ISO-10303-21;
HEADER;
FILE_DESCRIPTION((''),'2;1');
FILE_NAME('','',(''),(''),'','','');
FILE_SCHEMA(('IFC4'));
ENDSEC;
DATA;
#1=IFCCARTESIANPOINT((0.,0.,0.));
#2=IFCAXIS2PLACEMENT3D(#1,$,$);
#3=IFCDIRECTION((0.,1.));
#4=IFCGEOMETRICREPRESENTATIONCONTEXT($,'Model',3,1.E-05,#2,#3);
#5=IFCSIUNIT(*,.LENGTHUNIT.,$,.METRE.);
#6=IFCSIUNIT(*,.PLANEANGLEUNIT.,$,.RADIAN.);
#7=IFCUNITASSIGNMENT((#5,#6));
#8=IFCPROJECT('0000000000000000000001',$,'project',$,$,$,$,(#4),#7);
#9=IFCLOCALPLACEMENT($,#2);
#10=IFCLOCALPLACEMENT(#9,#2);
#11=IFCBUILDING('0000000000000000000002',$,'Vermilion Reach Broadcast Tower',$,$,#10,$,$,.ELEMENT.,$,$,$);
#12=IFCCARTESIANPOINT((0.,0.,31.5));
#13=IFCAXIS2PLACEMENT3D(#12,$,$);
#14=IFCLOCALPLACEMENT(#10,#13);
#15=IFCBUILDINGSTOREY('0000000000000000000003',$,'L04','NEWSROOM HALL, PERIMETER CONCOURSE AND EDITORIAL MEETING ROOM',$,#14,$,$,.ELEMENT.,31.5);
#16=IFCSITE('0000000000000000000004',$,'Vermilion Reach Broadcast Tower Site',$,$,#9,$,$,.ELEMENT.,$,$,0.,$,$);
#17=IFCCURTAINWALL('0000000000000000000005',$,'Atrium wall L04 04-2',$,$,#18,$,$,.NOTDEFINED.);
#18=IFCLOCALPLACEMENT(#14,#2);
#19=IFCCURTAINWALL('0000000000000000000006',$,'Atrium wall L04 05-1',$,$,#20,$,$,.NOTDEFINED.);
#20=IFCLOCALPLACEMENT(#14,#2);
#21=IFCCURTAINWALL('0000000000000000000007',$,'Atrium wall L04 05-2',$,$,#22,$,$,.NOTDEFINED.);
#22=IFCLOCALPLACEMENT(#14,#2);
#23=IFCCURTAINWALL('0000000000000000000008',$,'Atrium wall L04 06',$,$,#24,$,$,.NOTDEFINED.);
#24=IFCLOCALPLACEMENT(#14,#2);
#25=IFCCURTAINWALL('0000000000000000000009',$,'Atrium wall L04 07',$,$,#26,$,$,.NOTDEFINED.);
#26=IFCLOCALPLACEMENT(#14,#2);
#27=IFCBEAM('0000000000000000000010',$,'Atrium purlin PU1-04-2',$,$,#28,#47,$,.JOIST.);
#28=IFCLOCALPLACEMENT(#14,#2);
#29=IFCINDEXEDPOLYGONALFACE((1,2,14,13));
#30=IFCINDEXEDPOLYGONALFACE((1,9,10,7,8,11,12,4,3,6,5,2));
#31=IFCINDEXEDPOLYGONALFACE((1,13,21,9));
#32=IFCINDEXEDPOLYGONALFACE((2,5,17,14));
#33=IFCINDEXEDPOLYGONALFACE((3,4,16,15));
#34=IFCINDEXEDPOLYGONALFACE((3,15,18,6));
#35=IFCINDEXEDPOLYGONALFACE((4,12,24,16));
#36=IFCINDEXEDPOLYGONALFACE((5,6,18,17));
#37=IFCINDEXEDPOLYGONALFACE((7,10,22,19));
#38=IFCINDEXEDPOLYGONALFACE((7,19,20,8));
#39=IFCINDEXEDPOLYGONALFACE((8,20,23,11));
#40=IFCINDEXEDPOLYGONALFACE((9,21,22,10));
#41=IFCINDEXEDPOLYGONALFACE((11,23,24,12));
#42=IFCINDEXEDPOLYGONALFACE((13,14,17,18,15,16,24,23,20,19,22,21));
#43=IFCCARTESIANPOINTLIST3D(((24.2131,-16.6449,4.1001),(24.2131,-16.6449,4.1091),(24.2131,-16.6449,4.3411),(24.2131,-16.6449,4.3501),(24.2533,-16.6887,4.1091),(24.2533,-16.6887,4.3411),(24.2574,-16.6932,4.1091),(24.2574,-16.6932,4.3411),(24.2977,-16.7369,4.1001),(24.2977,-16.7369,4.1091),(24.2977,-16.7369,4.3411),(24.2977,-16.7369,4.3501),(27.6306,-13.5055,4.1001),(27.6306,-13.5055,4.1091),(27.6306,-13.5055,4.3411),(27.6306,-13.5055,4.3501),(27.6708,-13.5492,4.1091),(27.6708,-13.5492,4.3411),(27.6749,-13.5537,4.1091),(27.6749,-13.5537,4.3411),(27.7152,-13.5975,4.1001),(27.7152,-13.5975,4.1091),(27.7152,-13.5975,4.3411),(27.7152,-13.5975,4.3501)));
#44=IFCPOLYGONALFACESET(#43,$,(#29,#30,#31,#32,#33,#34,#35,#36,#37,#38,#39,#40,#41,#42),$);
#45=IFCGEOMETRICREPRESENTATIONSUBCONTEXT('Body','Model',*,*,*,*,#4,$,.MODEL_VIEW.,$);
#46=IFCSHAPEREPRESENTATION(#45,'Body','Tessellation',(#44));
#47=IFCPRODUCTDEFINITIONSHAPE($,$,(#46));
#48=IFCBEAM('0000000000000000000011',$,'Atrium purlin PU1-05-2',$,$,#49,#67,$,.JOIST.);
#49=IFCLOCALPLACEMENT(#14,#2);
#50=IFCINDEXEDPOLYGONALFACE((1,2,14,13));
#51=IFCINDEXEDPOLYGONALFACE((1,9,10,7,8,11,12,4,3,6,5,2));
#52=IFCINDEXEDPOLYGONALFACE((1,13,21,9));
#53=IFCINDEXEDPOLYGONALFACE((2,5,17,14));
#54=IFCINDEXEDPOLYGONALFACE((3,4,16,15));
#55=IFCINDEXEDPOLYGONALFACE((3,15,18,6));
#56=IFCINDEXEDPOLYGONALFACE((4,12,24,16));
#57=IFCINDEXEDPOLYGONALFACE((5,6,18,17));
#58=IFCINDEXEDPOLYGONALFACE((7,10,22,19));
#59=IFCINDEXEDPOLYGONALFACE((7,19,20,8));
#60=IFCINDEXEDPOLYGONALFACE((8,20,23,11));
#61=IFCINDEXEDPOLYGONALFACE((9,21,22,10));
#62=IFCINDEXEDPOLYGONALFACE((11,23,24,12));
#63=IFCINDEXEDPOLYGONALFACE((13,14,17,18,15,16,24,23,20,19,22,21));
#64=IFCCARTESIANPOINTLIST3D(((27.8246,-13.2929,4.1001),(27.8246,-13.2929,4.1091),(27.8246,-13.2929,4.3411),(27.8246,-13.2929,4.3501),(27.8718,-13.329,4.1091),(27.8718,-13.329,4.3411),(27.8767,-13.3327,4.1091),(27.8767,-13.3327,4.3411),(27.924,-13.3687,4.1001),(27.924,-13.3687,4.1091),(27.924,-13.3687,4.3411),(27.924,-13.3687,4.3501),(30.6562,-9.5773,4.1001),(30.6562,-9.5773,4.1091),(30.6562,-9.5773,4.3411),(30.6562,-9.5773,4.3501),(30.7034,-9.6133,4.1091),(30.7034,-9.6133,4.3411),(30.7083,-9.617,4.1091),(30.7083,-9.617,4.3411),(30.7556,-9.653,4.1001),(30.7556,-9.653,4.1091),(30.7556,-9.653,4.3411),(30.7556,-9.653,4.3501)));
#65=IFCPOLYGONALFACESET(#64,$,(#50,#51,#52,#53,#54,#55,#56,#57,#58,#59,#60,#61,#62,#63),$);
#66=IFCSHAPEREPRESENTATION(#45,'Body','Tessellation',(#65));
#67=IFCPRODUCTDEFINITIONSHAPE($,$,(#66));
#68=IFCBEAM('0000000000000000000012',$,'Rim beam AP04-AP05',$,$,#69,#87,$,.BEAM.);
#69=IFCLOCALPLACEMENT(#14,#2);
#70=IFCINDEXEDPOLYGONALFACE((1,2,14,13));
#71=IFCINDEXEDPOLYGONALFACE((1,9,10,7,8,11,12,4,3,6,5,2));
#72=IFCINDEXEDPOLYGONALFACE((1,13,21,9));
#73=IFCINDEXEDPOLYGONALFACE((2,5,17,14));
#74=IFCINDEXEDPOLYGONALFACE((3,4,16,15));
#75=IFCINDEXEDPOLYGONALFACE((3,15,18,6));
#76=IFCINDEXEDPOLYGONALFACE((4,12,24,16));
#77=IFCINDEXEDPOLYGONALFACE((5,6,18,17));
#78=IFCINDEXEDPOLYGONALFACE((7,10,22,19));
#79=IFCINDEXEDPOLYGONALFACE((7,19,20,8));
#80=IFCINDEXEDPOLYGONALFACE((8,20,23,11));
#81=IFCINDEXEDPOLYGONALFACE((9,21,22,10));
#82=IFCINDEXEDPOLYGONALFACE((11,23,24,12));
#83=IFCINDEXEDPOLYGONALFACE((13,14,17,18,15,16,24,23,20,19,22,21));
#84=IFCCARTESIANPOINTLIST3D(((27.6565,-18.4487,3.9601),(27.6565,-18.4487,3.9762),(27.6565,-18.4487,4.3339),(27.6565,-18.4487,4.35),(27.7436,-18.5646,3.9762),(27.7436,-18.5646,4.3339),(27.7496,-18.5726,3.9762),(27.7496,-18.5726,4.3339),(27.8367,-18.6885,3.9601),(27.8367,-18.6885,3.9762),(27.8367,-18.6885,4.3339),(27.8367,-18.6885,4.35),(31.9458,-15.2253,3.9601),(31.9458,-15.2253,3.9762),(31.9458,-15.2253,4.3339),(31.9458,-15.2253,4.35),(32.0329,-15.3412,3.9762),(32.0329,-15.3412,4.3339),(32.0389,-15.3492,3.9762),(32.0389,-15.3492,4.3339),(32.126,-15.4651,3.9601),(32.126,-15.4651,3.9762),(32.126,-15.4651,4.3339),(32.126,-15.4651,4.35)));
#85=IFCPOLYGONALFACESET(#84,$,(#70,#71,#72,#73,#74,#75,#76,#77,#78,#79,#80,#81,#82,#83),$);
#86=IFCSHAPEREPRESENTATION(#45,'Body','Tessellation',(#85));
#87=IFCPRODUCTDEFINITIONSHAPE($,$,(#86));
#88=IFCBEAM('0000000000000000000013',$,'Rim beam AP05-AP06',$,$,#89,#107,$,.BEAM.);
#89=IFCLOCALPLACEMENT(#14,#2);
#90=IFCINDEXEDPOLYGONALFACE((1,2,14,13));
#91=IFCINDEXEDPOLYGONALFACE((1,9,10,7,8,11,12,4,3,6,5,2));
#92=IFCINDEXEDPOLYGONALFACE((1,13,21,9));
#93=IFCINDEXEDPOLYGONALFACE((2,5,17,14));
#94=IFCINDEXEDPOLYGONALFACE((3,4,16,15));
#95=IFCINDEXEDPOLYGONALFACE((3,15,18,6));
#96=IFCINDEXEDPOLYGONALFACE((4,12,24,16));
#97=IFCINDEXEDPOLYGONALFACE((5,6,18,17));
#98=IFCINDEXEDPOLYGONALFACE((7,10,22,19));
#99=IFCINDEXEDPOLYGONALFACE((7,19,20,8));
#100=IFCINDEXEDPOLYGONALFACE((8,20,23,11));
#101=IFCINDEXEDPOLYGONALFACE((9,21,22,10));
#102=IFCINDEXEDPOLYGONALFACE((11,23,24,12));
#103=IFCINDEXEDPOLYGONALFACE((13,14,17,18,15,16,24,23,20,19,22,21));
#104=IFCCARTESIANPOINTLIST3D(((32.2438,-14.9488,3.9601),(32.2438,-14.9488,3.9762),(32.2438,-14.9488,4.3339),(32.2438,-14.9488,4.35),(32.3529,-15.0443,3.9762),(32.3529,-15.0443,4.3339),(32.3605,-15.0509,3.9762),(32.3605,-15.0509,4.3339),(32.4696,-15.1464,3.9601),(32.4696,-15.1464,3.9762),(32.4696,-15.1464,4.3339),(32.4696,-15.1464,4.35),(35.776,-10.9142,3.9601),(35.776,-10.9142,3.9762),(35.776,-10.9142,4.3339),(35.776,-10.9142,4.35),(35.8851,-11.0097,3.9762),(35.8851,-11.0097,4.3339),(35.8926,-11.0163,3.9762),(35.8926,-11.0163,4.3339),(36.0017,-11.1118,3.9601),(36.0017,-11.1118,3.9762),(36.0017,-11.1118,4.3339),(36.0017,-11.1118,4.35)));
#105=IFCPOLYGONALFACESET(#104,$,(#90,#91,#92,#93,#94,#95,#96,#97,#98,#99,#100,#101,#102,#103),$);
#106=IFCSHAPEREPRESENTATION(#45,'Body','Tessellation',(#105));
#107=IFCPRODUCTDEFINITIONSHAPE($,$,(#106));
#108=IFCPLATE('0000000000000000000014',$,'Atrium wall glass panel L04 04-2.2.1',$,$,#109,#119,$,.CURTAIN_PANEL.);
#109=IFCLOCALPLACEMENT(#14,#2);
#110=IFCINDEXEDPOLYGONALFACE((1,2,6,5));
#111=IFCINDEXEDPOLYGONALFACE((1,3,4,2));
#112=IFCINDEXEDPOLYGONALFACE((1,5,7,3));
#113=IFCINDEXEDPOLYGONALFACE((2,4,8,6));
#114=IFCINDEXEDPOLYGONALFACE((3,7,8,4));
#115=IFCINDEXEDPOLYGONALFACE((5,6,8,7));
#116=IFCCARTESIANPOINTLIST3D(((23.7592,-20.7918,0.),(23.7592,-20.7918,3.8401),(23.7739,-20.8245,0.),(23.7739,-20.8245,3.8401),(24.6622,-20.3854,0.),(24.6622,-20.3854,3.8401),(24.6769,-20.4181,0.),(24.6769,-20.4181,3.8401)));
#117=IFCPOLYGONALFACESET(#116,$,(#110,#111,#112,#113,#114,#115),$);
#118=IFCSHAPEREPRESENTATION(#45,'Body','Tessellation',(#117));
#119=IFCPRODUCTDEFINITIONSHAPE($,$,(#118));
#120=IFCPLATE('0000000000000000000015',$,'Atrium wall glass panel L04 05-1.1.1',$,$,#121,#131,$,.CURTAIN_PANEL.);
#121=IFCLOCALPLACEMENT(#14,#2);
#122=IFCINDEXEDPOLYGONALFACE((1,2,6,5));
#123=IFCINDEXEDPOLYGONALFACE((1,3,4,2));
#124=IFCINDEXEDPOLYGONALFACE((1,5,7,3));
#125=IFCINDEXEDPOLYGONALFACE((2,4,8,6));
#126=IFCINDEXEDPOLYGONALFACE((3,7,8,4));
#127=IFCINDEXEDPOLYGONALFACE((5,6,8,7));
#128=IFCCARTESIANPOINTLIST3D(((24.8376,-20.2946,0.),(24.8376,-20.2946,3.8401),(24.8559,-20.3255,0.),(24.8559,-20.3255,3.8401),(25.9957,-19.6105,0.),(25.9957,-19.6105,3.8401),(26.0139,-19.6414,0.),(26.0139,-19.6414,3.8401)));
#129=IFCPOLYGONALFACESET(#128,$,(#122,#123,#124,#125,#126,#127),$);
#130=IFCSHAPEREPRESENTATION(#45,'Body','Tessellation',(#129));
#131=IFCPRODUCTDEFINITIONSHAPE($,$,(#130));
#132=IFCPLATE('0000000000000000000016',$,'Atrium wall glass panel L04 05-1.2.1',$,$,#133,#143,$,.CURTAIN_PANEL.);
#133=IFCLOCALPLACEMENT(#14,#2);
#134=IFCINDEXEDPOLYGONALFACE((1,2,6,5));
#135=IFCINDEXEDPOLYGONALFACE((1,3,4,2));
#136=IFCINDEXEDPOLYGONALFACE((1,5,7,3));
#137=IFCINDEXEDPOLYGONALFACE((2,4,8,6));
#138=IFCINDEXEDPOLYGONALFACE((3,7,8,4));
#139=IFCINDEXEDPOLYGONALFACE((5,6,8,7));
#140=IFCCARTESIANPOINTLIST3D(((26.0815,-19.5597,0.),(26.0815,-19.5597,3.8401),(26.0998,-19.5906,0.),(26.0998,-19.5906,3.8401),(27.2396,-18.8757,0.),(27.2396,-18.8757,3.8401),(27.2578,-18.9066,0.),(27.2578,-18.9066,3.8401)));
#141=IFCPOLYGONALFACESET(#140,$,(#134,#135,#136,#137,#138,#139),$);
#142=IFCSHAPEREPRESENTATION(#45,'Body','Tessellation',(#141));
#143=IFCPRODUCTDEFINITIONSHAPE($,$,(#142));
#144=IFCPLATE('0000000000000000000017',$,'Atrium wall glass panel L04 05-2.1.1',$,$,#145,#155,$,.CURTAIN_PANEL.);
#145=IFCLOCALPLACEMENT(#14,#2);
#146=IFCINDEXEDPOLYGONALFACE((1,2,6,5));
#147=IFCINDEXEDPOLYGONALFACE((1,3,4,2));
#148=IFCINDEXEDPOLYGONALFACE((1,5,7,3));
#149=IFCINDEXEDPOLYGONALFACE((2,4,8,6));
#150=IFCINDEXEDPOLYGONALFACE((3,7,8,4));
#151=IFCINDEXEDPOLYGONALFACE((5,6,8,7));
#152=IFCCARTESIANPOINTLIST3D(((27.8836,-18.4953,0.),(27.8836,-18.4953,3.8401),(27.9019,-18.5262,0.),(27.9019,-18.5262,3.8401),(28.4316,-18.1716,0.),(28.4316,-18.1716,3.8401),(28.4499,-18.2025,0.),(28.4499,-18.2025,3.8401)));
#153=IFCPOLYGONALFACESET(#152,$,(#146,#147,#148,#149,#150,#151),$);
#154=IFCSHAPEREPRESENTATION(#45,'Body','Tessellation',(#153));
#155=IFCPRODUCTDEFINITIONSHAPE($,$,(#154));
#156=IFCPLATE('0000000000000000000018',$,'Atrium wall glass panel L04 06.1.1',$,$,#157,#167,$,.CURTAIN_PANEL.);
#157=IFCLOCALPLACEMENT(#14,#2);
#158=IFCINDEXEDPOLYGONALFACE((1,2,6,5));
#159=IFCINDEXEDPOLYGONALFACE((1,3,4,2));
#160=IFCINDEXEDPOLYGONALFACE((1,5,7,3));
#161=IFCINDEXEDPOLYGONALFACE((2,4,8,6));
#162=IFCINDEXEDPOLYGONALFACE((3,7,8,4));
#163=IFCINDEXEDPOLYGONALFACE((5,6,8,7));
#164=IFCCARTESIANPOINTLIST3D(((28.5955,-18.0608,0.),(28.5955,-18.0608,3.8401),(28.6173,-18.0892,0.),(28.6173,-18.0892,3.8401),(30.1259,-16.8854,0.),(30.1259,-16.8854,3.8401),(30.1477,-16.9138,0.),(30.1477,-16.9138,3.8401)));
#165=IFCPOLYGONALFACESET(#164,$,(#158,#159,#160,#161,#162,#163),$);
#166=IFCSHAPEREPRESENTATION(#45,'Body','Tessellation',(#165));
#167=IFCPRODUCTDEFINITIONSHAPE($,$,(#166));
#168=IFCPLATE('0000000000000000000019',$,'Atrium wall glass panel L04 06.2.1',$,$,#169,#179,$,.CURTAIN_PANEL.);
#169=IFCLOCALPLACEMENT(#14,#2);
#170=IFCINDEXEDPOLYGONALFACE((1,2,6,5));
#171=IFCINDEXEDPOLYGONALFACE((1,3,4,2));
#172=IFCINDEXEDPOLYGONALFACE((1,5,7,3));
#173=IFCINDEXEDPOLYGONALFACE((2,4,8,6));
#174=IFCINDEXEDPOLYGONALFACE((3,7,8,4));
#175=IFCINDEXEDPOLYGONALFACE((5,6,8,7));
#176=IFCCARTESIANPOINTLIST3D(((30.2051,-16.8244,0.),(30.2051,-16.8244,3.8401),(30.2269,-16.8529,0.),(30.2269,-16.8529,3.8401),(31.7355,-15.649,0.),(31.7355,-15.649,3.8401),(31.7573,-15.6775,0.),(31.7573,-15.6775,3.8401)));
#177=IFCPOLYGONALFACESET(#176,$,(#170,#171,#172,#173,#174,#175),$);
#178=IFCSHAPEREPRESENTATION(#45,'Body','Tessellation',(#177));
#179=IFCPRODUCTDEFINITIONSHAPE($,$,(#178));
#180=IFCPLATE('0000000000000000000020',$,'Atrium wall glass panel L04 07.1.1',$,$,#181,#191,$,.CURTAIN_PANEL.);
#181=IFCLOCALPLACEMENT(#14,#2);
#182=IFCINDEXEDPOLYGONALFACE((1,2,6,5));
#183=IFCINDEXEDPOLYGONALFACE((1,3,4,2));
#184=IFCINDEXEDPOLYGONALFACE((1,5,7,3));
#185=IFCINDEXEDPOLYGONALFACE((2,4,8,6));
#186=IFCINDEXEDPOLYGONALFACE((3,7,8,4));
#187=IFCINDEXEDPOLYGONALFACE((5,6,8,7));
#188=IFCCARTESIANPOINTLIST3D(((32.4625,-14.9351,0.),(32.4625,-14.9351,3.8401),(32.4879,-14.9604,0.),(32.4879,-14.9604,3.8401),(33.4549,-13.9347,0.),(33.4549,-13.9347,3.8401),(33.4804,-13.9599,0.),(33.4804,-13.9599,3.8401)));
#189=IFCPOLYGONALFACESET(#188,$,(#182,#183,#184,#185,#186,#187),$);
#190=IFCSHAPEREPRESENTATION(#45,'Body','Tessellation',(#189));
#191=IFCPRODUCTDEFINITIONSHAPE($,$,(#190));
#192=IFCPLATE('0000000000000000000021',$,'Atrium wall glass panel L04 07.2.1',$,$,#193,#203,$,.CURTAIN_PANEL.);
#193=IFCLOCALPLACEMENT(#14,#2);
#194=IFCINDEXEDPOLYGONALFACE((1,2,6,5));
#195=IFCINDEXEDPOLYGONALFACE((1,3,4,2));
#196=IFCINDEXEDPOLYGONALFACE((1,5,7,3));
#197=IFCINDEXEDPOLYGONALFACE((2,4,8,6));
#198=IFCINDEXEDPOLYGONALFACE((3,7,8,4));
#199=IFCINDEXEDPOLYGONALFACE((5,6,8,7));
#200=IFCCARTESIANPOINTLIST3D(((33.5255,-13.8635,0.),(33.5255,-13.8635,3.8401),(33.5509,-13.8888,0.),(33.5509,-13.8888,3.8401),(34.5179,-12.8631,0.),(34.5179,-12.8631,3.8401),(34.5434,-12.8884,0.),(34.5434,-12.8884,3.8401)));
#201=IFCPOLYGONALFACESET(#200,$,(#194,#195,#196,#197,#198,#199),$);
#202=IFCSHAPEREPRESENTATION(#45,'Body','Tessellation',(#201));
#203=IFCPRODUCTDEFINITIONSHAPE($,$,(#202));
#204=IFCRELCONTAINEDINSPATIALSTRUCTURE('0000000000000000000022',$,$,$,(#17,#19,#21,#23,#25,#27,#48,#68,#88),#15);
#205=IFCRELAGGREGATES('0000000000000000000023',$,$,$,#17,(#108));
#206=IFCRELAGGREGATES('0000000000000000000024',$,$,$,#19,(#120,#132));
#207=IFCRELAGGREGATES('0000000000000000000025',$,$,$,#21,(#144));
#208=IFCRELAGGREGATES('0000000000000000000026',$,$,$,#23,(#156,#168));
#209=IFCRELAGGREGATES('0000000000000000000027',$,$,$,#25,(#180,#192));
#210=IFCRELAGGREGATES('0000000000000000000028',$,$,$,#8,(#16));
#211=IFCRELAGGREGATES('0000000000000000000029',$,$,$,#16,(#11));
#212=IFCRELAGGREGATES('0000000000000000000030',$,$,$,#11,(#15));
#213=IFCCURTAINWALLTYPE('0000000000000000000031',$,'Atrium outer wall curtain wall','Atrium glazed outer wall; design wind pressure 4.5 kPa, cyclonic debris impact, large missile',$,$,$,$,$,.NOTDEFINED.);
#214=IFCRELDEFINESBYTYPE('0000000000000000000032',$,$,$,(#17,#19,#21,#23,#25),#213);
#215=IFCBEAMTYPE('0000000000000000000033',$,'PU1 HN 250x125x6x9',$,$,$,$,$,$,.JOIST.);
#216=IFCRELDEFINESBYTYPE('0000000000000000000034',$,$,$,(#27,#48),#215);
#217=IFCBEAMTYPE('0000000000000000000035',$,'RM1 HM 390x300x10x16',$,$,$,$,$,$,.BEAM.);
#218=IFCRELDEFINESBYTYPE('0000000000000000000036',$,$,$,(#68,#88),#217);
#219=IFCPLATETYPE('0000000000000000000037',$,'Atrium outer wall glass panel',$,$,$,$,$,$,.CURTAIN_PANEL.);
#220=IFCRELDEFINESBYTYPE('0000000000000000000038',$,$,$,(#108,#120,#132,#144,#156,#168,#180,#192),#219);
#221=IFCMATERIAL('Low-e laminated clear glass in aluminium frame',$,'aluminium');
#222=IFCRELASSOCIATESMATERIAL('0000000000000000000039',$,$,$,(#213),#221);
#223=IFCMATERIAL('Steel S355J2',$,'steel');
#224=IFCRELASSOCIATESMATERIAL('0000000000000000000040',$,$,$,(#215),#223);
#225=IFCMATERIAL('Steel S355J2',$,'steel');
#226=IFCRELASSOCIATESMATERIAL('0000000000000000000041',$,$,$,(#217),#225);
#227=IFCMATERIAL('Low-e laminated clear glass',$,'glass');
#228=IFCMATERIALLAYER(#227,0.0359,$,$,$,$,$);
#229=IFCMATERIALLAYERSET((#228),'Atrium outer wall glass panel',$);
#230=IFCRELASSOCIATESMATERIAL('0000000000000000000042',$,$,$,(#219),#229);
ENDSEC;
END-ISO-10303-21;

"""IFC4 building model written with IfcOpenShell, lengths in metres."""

from ifc_helpers import new_model, si_unit, direction, frame, origin, origin_2d, place, context, subcontext, project, spatial, rectangle, i_section, extrude, material, layer, layer_set, material_profile, profile_set, type_object, element, aggregate, save


model = new_model("IFC4")

# Units and contexts
model_context = context("Model", 3, precision=1e-05, world=origin(), true_north=direction((0.0, 1.0)))
body_context = subcontext(model_context, "Body", "Model", "MODEL_VIEW")
ifc_project = project(units=[si_unit("LENGTHUNIT", "METRE"), si_unit("PLANEANGLEUNIT", "RADIAN")], contexts=[model_context])

# Site, building, storey
site_placement = place(None, origin())
site = spatial("IfcSite", under=ifc_project, at=site_placement, Name="Vermilion Reach Broadcast Tower Site", CompositionType="ELEMENT", RefElevation=0.0)
building_placement = place(site_placement, origin())
building = spatial("IfcBuilding", under=site, at=building_placement, Name="Vermilion Reach Broadcast Tower", CompositionType="ELEMENT")
storey_placement = place(building_placement, frame((0.0, 0.0, 31.5)))
storey = spatial("IfcBuildingStorey", under=building, at=storey_placement, Name="L04", Description="NEWSROOM HALL, PERIMETER CONCOURSE AND EDITORIAL MEETING ROOM", CompositionType="ELEMENT", Elevation=31.5)

# Curtain walls
ifc_material_1 = material(Name="Low-e laminated clear glass in aluminium frame", Category="aluminium")
curtain_wall_type = type_object("IfcCurtainWallType", Name="Atrium outer wall curtain wall", Description="Atrium glazed outer wall; design wind pressure 4.5 kPa, cyclonic debris impact, large missile", PredefinedType="NOTDEFINED", material=ifc_material_1)
placement = place(storey_placement, origin())
curtain_wall_1 = element("IfcCurtainWall", 1, at=placement, inside=storey, type_object=curtain_wall_type, Name="Atrium wall L04 04-2", PredefinedType="NOTDEFINED")
curtain_wall_2 = element("IfcCurtainWall", 2, at=placement, inside=storey, type_object=curtain_wall_type, Name="Atrium wall L04 05-1", PredefinedType="NOTDEFINED")
curtain_wall_3 = element("IfcCurtainWall", 3, at=placement, inside=storey, type_object=curtain_wall_type, Name="Atrium wall L04 05-2", PredefinedType="NOTDEFINED")
curtain_wall_4 = element("IfcCurtainWall", 4, at=placement, inside=storey, type_object=curtain_wall_type, Name="Atrium wall L04 06", PredefinedType="NOTDEFINED")
curtain_wall_5 = element("IfcCurtainWall", 5, at=placement, inside=storey, type_object=curtain_wall_type, Name="Atrium wall L04 07", PredefinedType="NOTDEFINED")

# Beams
ifc_material_2 = material(Name="Steel S355J2", Category="steel")
ifc_material_profile_1 = material_profile(ifc_material_2, i_section(OverallWidth=0.125, OverallDepth=0.25, WebThickness=0.0061, FlangeThickness=0.009, at=origin_2d()), Name="S355J2 HN 250x125x6x9")
ifc_profile_set_1 = profile_set([ifc_material_profile_1], Name="Steel S355J2")
beam_type_1 = type_object("IfcBeamType", Name="PU1 HN 250x125x6x9", PredefinedType="JOIST", material=ifc_profile_set_1)
beam_1_placement = place(storey_placement, frame((24.2554, -16.6909, 4.2251), z_axis=(0.736433, 0.67651, 0.0), x_axis=(-0.67651, 0.736433, 0.0)))
element("IfcBeam", 6, at=beam_1_placement, inside=storey, type_object=beam_type_1, Name="Atrium purlin PU1-04-2", PredefinedType="JOIST", context=body_context, shape_type="SweptSolid", body=[
    extrude(i_section(OverallWidth=0.125, OverallDepth=0.25, WebThickness=0.0061, FlangeThickness=0.009, at=origin_2d()), origin(), (0.0, 0.0, 1.0), 4.6406),
])
beam_2_placement = place(storey_placement, frame((27.8743, -13.3308, 4.2251), z_axis=(0.606128, 0.795367, 0.0), x_axis=(-0.795367, 0.606128, 0.0)))
element("IfcBeam", 7, at=beam_2_placement, inside=storey, type_object=beam_type_1, Name="Atrium purlin PU1-05-2", PredefinedType="JOIST", context=body_context, shape_type="SweptSolid", body=[
    extrude(i_section(OverallWidth=0.125, OverallDepth=0.25, WebThickness=0.0061, FlangeThickness=0.009, at=origin_2d()), origin(), (0.0, 0.0, 1.0), 4.6716),
])
ifc_material_3 = material(Name="Steel S355J2", Category="steel")
ifc_material_profile_2 = material_profile(ifc_material_3, i_section(OverallWidth=0.3, OverallDepth=0.3899, WebThickness=0.01, FlangeThickness=0.0161, at=origin_2d()), Name="S355J2 HM 390x300x10x16")
ifc_profile_set_2 = profile_set([ifc_material_profile_2], Name="Steel S355J2")
beam_type_2 = type_object("IfcBeamType", Name="RM1 HM 390x300x10x16", PredefinedType="BEAM", material=ifc_profile_set_2)
beam_3_placement = place(storey_placement, frame((27.7466, -18.5686, 4.155), z_axis=(0.799426, 0.600764, 0.0), x_axis=(-0.600764, 0.799426, 0.0)))
element("IfcBeam", 8, at=beam_3_placement, inside=storey, type_object=beam_type_2, Name="Rim beam AP04-AP05", PredefinedType="BEAM", context=body_context, shape_type="SweptSolid", body=[
    extrude(i_section(OverallWidth=0.3, OverallDepth=0.3899, WebThickness=0.01, FlangeThickness=0.0161, at=origin_2d()), origin(), (0.0, 0.0, 1.0), 5.3655),
])
beam_4_placement = place(storey_placement, frame((32.3567, -15.0476, 4.155), z_axis=(0.658704, 0.752402, 0.0), x_axis=(-0.752402, 0.658704, 0.0)))
element("IfcBeam", 9, at=beam_4_placement, inside=storey, type_object=beam_type_2, Name="Rim beam AP05-AP06", PredefinedType="BEAM", context=body_context, shape_type="SweptSolid", body=[
    extrude(i_section(OverallWidth=0.3, OverallDepth=0.3899, WebThickness=0.01, FlangeThickness=0.0161, at=origin_2d()), origin(), (0.0, 0.0, 1.0), 5.3623),
])

# Plates
ifc_material_4 = material(Name="Low-e laminated clear glass", Category="glass")
ifc_layer = layer(ifc_material_4, 0.0359)
ifc_layer_set = layer_set([ifc_layer], Name="Atrium outer wall glass panel")
plate_type = type_object("IfcPlateType", Name="Atrium outer wall glass panel", PredefinedType="CURTAIN_PANEL", material=ifc_layer_set)
plate_1_placement = place(storey_placement, frame((24.218, -20.605, 0.0), z_axis=(0.0, 0.0, 1.0), x_axis=(0.911902, 0.410408, 0.0)))
plate_1 = element("IfcPlate", 10, at=plate_1_placement, type_object=plate_type, Name="Atrium wall glass panel L04 04-2.2.1", PredefinedType="CURTAIN_PANEL", context=body_context, shape_type="SweptSolid", body=[
    extrude(rectangle(XDim=0.9902, YDim=0.0359, at=origin_2d()), origin(), (0.0, 0.0, 1.0), 3.8401),
])
aggregate(curtain_wall_1, [plate_1])
plate_2_placement = place(storey_placement, frame((25.4258, -19.968, 0.0), z_axis=(0.0, 0.0, 1.0), x_axis=(0.861009, 0.50859, 0.0)))
plate_2 = element("IfcPlate", 11, at=plate_2_placement, type_object=plate_type, Name="Atrium wall glass panel L04 05-1.1.1", PredefinedType="CURTAIN_PANEL", context=body_context, shape_type="SweptSolid", body=[
    extrude(rectangle(XDim=1.345, YDim=0.0359, at=origin_2d()), origin(), (0.0, 0.0, 1.0), 3.8401),
])
plate_3_placement = place(storey_placement, frame((26.6697, -19.2332, 0.0), z_axis=(0.0, 0.0, 1.0), x_axis=(0.861009, 0.50859, 0.0)))
plate_3 = element("IfcPlate", 12, at=plate_3_placement, type_object=plate_type, Name="Atrium wall glass panel L04 05-1.2.1", PredefinedType="CURTAIN_PANEL", context=body_context, shape_type="SweptSolid", body=[
    extrude(rectangle(XDim=1.345, YDim=0.0359, at=origin_2d()), origin(), (0.0, 0.0, 1.0), 3.8401),
])
aggregate(curtain_wall_2, [plate_2, plate_3])
plate_4_placement = place(storey_placement, frame((28.1667, -18.3489, 0.0), z_axis=(0.0, 0.0, 1.0), x_axis=(0.861009, 0.50859, 0.0)))
plate_4 = element("IfcPlate", 13, at=plate_4_placement, type_object=plate_type, Name="Atrium wall glass panel L04 05-2.1.1", PredefinedType="CURTAIN_PANEL", context=body_context, shape_type="SweptSolid", body=[
    extrude(rectangle(XDim=0.6365, YDim=0.0359, at=origin_2d()), origin(), (0.0, 0.0, 1.0), 3.8401),
])
aggregate(curtain_wall_3, [plate_4])
plate_5_placement = place(storey_placement, frame((29.3716, -17.4873, 0.0), z_axis=(0.0, 0.0, 1.0), x_axis=(0.793083, 0.609114, 0.0)))
plate_5 = element("IfcPlate", 14, at=plate_5_placement, type_object=plate_type, Name="Atrium wall glass panel L04 06.1.1", PredefinedType="CURTAIN_PANEL", context=body_context, shape_type="SweptSolid", body=[
    extrude(rectangle(XDim=1.9297, YDim=0.0359, at=origin_2d()), origin(), (0.0, 0.0, 1.0), 3.8401),
])
plate_6_placement = place(storey_placement, frame((30.9812, -16.251, 0.0), z_axis=(0.0, 0.0, 1.0), x_axis=(0.793083, 0.609114, 0.0)))
plate_6 = element("IfcPlate", 15, at=plate_6_placement, type_object=plate_type, Name="Atrium wall glass panel L04 06.2.1", PredefinedType="CURTAIN_PANEL", context=body_context, shape_type="SweptSolid", body=[
    extrude(rectangle(XDim=1.9297, YDim=0.0359, at=origin_2d()), origin(), (0.0, 0.0, 1.0), 3.8401),
])
aggregate(curtain_wall_4, [plate_5, plate_6])
plate_7_placement = place(storey_placement, frame((32.9714, -14.4475, 0.0), z_axis=(0.0, 0.0, 1.0), x_axis=(0.704276, 0.709926, 0.0)))
plate_7 = element("IfcPlate", 16, at=plate_7_placement, type_object=plate_type, Name="Atrium wall glass panel L04 07.1.1", PredefinedType="CURTAIN_PANEL", context=body_context, shape_type="SweptSolid", body=[
    extrude(rectangle(XDim=1.4092, YDim=0.0359, at=origin_2d()), origin(), (0.0, 0.0, 1.0), 3.8401),
])
plate_8_placement = place(storey_placement, frame((34.0344, -13.376, 0.0), z_axis=(0.0, 0.0, 1.0), x_axis=(0.704276, 0.709926, 0.0)))
plate_8 = element("IfcPlate", 17, at=plate_8_placement, type_object=plate_type, Name="Atrium wall glass panel L04 07.2.1", PredefinedType="CURTAIN_PANEL", context=body_context, shape_type="SweptSolid", body=[
    extrude(rectangle(XDim=1.4092, YDim=0.0359, at=origin_2d()), origin(), (0.0, 0.0, 1.0), 3.8401),
])
aggregate(curtain_wall_5, [plate_7, plate_8])

save(model, "model.ifc")
